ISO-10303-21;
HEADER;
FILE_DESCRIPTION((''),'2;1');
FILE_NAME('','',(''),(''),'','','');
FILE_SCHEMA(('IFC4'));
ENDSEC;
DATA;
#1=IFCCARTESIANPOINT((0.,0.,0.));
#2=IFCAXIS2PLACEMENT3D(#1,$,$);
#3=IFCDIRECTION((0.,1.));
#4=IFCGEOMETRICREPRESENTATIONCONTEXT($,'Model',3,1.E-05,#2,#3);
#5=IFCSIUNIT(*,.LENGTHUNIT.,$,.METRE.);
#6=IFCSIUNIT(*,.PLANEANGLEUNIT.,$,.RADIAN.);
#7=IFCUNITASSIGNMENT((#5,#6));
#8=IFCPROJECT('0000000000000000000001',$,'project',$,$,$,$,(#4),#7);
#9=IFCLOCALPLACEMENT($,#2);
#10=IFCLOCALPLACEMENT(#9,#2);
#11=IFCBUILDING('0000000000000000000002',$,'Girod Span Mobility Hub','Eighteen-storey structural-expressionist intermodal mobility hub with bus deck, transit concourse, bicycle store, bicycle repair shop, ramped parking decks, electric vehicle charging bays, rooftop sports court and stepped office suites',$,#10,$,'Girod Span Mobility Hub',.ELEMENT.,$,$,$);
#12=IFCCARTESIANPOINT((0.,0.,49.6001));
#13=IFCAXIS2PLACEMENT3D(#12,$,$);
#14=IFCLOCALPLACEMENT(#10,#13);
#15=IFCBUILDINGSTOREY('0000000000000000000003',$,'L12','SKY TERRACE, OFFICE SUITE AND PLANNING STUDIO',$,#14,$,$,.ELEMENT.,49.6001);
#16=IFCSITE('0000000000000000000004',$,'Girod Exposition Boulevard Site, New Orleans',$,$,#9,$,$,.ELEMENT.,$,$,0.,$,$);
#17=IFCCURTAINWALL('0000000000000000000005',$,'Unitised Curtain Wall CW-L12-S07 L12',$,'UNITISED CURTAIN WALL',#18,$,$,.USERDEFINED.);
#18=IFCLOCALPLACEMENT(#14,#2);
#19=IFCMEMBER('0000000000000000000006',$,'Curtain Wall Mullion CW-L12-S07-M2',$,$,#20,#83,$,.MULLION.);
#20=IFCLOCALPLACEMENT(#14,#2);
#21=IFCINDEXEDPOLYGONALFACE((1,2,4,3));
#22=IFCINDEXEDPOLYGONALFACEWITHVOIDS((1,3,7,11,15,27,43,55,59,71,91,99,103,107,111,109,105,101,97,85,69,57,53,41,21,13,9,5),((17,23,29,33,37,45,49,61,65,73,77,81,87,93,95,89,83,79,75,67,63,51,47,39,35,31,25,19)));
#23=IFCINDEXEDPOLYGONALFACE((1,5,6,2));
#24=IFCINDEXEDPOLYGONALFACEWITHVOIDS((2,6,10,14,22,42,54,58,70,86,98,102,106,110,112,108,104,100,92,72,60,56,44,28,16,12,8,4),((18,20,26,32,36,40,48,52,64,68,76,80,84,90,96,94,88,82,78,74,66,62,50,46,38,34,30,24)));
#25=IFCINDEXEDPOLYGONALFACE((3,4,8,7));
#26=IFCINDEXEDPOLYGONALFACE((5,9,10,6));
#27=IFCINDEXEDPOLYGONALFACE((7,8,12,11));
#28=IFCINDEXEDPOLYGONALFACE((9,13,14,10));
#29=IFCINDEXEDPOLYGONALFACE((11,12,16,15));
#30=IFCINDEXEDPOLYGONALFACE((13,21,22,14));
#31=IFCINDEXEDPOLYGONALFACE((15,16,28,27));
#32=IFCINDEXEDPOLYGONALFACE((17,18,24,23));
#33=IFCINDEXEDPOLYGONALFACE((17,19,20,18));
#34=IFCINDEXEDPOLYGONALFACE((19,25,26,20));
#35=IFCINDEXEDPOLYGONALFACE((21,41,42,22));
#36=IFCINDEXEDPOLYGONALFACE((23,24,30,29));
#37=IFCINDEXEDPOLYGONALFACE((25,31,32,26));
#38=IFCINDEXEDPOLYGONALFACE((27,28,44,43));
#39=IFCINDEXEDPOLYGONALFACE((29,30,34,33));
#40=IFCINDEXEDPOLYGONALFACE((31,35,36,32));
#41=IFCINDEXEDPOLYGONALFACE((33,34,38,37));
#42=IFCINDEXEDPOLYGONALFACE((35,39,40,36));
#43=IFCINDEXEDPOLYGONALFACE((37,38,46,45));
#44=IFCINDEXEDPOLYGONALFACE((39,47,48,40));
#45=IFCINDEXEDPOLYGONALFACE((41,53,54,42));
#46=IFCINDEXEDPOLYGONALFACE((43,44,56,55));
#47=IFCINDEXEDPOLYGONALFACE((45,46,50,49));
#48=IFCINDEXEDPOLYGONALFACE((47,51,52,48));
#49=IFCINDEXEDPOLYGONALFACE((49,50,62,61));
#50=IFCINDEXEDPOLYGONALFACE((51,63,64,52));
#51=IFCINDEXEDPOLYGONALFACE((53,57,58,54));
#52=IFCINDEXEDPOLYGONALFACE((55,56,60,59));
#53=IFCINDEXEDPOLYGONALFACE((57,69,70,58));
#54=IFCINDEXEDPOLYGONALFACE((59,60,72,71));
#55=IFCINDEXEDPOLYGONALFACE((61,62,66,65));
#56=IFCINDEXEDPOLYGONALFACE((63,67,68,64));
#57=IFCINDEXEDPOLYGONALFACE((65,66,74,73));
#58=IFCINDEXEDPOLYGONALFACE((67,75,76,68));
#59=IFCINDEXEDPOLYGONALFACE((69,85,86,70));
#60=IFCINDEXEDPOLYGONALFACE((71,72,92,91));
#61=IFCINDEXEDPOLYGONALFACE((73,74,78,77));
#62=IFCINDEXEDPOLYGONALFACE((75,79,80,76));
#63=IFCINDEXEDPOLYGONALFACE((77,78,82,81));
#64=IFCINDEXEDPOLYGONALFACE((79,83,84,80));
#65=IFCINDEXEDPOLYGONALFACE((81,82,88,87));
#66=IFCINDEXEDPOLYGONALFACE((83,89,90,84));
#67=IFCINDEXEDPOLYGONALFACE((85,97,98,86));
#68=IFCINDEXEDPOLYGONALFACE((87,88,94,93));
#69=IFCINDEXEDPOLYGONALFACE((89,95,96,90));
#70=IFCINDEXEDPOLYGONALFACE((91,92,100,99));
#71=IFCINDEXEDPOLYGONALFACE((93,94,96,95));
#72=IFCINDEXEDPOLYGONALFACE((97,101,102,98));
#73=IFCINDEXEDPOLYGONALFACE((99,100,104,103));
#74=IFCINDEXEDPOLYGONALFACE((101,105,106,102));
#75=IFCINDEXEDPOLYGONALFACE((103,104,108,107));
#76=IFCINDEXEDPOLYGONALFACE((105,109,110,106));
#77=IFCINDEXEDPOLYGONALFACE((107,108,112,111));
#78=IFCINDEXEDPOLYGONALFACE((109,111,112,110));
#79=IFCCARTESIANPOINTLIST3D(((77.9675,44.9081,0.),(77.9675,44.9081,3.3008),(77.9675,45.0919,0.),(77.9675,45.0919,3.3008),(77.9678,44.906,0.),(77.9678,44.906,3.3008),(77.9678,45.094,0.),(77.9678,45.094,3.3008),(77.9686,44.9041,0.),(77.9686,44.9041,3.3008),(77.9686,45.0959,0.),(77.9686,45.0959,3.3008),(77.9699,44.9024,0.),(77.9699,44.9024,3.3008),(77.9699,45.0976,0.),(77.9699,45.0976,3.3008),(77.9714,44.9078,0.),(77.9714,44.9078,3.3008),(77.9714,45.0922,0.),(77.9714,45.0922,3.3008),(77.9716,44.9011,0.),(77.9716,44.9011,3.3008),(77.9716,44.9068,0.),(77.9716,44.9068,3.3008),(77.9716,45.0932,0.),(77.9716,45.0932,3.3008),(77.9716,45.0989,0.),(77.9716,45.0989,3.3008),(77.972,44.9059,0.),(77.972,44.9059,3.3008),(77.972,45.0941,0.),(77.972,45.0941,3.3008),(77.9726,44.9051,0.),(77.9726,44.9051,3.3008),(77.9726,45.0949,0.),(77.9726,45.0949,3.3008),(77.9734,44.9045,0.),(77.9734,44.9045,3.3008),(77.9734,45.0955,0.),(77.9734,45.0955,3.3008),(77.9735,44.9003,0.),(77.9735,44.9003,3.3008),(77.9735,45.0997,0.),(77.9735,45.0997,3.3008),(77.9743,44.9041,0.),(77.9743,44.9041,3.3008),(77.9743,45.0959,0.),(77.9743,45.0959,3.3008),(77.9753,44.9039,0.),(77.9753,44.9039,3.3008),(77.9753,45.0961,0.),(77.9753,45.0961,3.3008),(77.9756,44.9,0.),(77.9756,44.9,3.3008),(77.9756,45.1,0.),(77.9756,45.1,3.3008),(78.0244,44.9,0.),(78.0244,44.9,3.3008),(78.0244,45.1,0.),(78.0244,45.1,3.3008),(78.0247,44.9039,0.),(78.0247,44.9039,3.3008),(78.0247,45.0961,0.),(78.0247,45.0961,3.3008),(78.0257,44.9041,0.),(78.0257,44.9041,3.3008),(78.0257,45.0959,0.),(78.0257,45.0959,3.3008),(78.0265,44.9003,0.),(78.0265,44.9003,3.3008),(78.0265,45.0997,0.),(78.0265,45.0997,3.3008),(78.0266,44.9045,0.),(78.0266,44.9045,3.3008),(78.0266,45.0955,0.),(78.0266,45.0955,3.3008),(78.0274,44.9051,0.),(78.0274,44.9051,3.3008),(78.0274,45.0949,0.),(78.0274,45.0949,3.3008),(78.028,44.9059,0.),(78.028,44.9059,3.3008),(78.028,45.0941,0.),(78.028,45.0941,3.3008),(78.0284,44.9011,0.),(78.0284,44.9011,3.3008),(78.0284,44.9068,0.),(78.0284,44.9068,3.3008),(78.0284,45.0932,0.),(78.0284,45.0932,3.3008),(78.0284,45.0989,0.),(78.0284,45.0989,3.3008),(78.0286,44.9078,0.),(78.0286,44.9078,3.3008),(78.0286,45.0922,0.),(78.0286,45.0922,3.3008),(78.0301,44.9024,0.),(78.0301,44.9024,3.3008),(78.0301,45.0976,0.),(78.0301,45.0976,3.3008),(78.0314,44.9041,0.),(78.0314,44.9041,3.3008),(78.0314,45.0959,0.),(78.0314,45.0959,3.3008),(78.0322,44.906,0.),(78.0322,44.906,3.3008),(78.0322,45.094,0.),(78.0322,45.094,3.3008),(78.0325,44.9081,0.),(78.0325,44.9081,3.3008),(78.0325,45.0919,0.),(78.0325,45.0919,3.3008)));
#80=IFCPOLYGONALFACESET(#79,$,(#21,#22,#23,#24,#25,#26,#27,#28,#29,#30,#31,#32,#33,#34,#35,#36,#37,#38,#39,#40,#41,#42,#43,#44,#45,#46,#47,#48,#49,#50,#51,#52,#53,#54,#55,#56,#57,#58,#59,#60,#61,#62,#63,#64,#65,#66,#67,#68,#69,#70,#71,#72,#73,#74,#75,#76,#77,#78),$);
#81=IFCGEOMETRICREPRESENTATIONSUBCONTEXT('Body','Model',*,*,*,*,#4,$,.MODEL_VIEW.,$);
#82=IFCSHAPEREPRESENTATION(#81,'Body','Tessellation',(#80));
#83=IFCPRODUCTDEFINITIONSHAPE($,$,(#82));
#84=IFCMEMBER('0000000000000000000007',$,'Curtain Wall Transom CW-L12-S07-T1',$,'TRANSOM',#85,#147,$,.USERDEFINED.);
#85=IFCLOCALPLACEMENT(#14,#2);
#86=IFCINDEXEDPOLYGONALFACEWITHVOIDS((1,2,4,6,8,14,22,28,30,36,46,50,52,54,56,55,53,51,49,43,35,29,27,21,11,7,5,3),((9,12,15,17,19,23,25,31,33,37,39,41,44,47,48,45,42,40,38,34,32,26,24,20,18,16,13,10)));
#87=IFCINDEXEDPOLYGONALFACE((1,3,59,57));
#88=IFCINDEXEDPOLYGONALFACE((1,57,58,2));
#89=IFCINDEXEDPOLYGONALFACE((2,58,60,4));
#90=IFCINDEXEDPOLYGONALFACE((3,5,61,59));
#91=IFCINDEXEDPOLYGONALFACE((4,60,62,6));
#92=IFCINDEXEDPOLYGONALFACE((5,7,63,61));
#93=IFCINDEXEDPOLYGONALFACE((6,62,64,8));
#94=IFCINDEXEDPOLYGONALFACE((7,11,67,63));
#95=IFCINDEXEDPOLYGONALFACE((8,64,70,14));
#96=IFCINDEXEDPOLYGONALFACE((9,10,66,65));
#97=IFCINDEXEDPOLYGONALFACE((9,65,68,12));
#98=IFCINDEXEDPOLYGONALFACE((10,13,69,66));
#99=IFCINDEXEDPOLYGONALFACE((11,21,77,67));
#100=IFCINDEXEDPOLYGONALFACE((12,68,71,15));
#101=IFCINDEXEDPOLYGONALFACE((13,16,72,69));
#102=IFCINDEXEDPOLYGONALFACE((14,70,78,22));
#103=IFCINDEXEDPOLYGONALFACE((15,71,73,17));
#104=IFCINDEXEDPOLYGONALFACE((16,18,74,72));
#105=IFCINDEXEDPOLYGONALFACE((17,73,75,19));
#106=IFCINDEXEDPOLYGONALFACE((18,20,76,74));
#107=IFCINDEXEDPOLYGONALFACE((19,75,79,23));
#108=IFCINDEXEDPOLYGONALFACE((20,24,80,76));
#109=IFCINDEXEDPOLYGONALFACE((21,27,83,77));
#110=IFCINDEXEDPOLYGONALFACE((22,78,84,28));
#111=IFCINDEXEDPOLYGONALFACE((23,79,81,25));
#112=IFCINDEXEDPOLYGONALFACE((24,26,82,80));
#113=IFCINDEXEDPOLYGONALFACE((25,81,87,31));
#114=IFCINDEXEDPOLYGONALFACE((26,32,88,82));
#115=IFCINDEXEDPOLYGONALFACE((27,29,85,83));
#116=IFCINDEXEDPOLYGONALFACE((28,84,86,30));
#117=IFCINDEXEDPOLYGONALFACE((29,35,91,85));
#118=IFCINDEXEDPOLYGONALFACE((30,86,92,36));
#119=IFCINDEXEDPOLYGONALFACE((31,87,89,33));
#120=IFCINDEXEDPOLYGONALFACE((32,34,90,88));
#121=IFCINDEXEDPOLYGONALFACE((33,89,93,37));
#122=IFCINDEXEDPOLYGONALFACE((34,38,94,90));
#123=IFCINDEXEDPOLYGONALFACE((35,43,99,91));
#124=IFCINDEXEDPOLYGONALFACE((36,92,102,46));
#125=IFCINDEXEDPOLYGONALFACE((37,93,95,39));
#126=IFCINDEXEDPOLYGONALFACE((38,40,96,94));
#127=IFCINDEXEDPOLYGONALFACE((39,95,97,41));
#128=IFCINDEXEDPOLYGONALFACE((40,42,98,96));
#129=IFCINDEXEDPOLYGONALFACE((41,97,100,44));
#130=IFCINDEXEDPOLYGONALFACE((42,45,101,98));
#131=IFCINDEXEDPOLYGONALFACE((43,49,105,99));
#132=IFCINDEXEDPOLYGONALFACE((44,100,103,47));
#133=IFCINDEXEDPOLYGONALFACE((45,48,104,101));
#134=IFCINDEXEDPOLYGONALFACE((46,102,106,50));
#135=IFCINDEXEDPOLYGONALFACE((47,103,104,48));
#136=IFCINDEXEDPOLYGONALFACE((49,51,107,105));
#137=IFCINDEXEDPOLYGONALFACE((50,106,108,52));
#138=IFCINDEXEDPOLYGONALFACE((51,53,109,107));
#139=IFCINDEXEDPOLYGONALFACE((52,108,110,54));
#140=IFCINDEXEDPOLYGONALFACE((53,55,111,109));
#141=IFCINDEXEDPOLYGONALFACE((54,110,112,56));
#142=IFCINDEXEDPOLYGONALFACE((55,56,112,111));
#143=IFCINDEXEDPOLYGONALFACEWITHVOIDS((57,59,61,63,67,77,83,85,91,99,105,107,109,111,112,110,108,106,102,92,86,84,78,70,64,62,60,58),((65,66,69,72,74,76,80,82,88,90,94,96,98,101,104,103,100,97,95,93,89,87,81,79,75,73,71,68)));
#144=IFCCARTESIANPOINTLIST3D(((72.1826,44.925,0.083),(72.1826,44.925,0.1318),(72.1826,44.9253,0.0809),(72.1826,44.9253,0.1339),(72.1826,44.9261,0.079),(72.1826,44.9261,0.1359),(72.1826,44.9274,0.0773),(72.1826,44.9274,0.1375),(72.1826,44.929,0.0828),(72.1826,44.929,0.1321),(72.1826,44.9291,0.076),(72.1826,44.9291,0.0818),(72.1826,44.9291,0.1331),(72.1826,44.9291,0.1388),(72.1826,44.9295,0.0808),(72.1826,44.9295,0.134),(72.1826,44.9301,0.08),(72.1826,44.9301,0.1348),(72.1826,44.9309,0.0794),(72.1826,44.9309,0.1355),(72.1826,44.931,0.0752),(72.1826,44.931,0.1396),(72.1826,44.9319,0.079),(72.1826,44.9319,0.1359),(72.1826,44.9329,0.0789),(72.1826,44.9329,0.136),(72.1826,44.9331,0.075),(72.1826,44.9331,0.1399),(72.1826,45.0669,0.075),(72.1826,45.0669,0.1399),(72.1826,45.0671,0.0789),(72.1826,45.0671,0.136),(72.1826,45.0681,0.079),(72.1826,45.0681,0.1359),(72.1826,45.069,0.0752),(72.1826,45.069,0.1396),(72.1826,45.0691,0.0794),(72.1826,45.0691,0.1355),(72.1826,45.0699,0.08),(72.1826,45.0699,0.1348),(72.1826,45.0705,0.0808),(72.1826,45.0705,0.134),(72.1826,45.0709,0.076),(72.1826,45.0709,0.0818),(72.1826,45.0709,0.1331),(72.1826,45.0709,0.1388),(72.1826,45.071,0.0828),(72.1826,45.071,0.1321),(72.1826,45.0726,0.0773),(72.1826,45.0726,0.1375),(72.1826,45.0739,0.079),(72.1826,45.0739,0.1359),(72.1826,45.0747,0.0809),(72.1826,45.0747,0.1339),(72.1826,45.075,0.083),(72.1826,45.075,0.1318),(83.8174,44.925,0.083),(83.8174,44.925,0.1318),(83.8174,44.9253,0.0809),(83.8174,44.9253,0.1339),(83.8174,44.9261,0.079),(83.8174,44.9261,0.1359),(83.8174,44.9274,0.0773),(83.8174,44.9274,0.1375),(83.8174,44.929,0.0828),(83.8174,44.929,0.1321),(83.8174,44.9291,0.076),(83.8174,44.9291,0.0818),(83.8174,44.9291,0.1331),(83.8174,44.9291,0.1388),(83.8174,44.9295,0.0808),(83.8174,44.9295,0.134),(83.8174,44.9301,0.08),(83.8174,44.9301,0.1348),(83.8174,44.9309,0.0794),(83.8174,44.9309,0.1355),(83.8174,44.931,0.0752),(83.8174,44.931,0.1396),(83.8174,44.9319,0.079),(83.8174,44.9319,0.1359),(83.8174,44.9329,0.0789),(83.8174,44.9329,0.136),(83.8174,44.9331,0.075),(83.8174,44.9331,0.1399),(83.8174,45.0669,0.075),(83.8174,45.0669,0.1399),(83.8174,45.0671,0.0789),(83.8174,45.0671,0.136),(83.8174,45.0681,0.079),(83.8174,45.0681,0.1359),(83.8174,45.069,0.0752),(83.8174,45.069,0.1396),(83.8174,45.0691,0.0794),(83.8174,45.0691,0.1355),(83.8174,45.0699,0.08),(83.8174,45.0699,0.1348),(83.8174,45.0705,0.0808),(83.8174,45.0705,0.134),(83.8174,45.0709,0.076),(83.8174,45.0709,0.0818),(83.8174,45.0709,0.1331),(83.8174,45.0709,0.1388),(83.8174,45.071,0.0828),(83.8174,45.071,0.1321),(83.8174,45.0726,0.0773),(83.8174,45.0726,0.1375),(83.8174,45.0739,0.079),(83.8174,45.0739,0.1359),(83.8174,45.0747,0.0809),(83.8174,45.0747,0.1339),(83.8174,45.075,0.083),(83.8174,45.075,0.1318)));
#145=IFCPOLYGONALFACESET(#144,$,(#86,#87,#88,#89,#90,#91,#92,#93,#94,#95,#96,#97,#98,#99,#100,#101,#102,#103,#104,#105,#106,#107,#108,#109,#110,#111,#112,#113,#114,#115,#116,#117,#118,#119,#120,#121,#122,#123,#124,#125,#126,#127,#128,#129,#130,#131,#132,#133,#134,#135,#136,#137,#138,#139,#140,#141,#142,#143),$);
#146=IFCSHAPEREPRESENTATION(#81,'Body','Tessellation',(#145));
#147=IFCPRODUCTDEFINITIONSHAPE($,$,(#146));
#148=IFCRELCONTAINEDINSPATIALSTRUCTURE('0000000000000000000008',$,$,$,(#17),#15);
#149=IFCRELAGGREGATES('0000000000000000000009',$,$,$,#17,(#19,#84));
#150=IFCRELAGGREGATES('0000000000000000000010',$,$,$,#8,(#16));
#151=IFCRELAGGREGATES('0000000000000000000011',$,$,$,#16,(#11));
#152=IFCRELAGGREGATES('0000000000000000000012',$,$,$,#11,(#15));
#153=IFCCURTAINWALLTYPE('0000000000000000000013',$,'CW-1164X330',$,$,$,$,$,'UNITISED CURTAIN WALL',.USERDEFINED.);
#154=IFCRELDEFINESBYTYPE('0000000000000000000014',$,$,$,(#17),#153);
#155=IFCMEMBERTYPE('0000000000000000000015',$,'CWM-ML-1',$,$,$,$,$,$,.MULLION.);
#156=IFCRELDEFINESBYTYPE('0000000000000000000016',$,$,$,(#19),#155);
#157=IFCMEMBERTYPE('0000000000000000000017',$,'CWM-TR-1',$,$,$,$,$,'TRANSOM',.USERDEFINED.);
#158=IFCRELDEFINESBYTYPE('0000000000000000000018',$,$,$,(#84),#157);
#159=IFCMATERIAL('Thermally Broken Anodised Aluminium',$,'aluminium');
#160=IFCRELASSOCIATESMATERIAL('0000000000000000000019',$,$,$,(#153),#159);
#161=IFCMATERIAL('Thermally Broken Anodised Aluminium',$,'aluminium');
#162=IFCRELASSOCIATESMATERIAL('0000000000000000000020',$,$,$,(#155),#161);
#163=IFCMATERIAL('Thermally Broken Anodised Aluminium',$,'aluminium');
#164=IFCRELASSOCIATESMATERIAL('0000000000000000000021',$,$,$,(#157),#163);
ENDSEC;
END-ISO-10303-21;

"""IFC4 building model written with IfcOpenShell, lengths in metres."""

from ifc_helpers import new_model, si_unit, direction, frame, origin, origin_2d, place, context, subcontext, project, spatial, hollow_rectangle, extrude, material, material_profile, profile_set, type_object, element, aggregate, save


model = new_model("IFC4")

# Units and contexts
model_context = context("Model", 3, precision=1e-05, world=origin(), true_north=direction((0.0, 1.0)))
body_context = subcontext(model_context, "Body", "Model", "MODEL_VIEW")
ifc_project = project(units=[si_unit("LENGTHUNIT", "METRE"), si_unit("PLANEANGLEUNIT", "RADIAN")], contexts=[model_context])

# Site, building, storey
site_placement = place(None, origin())
site = spatial("IfcSite", under=ifc_project, at=site_placement, Name="Girod Exposition Boulevard Site, New Orleans", CompositionType="ELEMENT", RefElevation=0.0)
building_placement = place(site_placement, origin())
building = spatial("IfcBuilding", under=site, at=building_placement, Name="Girod Span Mobility Hub", Description="Eighteen-storey structural-expressionist intermodal mobility hub with bus deck, transit concourse, bicycle store, bicycle repair shop, ramped parking decks, electric vehicle charging bays, rooftop sports court and stepped office suites", LongName="Girod Span Mobility Hub", CompositionType="ELEMENT")
storey_placement = place(building_placement, frame((0.0, 0.0, 49.6001)))
storey = spatial("IfcBuildingStorey", under=building, at=storey_placement, Name="L12", Description="SKY TERRACE, OFFICE SUITE AND PLANNING STUDIO", CompositionType="ELEMENT", Elevation=49.6001)

# Curtain wall, members
ifc_material_1 = material(Name="Thermally Broken Anodised Aluminium", Category="aluminium")
curtain_wall_type = type_object("IfcCurtainWallType", Name="CW-1164X330", ElementType="UNITISED CURTAIN WALL", PredefinedType="USERDEFINED", material=ifc_material_1)
curtain_wall_placement = place(storey_placement, origin())
curtain_wall = element("IfcCurtainWall", 1, at=curtain_wall_placement, inside=storey, type_object=curtain_wall_type, Name="Unitised Curtain Wall CW-L12-S07 L12", ObjectType="UNITISED CURTAIN WALL", PredefinedType="USERDEFINED")
ifc_material_2 = material(Name="Thermally Broken Anodised Aluminium", Category="aluminium")
ifc_material_profile_1 = material_profile(ifc_material_2, hollow_rectangle(XDim=0.2, YDim=0.0649, WallThickness=0.0039, InnerFilletRadius=0.0039, OuterFilletRadius=0.0081, at=origin_2d()), Name="CW-ML-65X200")
ifc_profile_set_1 = profile_set([ifc_material_profile_1], Name="Thermally Broken Anodised Aluminium")
member_type_1 = type_object("IfcMemberType", Name="CWM-ML-1", PredefinedType="MULLION", material=ifc_profile_set_1)
member_1_placement = place(storey_placement, frame((78.0, 45.0, 0.0), z_axis=(0.0, 0.0, 1.0), x_axis=(0.0, 1.0, 0.0)))
member_1 = element("IfcMember", 2, at=member_1_placement, type_object=member_type_1, Name="Curtain Wall Mullion CW-L12-S07-M2", PredefinedType="MULLION", context=body_context, shape_type="SweptSolid", body=[
    extrude(hollow_rectangle(XDim=0.2, YDim=0.0649, WallThickness=0.0039, InnerFilletRadius=0.0039, OuterFilletRadius=0.0081, at=origin_2d()), origin(), (0.0, 0.0, 1.0), 3.3008),
])
ifc_material_3 = material(Name="Thermally Broken Anodised Aluminium", Category="aluminium")
ifc_material_profile_2 = material_profile(ifc_material_3, hollow_rectangle(XDim=0.1499, YDim=0.0649, WallThickness=0.0039, InnerFilletRadius=0.0039, OuterFilletRadius=0.0081, at=origin_2d()), Name="CW-TR-65X150")
ifc_profile_set_2 = profile_set([ifc_material_profile_2], Name="Thermally Broken Anodised Aluminium")
member_type_2 = type_object("IfcMemberType", Name="CWM-TR-1", ElementType="TRANSOM", PredefinedType="USERDEFINED", material=ifc_profile_set_2)
member_2_placement = place(storey_placement, frame((72.1826, 45.0, 0.1074), z_axis=(1.0, 0.0, 0.0), x_axis=(0.0, 1.0, 0.0)))
member_2 = element("IfcMember", 3, at=member_2_placement, type_object=member_type_2, Name="Curtain Wall Transom CW-L12-S07-T1", ObjectType="TRANSOM", PredefinedType="USERDEFINED", context=body_context, shape_type="SweptSolid", body=[
    extrude(hollow_rectangle(XDim=0.1499, YDim=0.0649, WallThickness=0.0039, InnerFilletRadius=0.0039, OuterFilletRadius=0.0081, at=origin_2d()), origin(), (0.0, 0.0, 1.0), 11.6348),
])
aggregate(curtain_wall, [member_1, member_2])

save(model, "model.ifc")
